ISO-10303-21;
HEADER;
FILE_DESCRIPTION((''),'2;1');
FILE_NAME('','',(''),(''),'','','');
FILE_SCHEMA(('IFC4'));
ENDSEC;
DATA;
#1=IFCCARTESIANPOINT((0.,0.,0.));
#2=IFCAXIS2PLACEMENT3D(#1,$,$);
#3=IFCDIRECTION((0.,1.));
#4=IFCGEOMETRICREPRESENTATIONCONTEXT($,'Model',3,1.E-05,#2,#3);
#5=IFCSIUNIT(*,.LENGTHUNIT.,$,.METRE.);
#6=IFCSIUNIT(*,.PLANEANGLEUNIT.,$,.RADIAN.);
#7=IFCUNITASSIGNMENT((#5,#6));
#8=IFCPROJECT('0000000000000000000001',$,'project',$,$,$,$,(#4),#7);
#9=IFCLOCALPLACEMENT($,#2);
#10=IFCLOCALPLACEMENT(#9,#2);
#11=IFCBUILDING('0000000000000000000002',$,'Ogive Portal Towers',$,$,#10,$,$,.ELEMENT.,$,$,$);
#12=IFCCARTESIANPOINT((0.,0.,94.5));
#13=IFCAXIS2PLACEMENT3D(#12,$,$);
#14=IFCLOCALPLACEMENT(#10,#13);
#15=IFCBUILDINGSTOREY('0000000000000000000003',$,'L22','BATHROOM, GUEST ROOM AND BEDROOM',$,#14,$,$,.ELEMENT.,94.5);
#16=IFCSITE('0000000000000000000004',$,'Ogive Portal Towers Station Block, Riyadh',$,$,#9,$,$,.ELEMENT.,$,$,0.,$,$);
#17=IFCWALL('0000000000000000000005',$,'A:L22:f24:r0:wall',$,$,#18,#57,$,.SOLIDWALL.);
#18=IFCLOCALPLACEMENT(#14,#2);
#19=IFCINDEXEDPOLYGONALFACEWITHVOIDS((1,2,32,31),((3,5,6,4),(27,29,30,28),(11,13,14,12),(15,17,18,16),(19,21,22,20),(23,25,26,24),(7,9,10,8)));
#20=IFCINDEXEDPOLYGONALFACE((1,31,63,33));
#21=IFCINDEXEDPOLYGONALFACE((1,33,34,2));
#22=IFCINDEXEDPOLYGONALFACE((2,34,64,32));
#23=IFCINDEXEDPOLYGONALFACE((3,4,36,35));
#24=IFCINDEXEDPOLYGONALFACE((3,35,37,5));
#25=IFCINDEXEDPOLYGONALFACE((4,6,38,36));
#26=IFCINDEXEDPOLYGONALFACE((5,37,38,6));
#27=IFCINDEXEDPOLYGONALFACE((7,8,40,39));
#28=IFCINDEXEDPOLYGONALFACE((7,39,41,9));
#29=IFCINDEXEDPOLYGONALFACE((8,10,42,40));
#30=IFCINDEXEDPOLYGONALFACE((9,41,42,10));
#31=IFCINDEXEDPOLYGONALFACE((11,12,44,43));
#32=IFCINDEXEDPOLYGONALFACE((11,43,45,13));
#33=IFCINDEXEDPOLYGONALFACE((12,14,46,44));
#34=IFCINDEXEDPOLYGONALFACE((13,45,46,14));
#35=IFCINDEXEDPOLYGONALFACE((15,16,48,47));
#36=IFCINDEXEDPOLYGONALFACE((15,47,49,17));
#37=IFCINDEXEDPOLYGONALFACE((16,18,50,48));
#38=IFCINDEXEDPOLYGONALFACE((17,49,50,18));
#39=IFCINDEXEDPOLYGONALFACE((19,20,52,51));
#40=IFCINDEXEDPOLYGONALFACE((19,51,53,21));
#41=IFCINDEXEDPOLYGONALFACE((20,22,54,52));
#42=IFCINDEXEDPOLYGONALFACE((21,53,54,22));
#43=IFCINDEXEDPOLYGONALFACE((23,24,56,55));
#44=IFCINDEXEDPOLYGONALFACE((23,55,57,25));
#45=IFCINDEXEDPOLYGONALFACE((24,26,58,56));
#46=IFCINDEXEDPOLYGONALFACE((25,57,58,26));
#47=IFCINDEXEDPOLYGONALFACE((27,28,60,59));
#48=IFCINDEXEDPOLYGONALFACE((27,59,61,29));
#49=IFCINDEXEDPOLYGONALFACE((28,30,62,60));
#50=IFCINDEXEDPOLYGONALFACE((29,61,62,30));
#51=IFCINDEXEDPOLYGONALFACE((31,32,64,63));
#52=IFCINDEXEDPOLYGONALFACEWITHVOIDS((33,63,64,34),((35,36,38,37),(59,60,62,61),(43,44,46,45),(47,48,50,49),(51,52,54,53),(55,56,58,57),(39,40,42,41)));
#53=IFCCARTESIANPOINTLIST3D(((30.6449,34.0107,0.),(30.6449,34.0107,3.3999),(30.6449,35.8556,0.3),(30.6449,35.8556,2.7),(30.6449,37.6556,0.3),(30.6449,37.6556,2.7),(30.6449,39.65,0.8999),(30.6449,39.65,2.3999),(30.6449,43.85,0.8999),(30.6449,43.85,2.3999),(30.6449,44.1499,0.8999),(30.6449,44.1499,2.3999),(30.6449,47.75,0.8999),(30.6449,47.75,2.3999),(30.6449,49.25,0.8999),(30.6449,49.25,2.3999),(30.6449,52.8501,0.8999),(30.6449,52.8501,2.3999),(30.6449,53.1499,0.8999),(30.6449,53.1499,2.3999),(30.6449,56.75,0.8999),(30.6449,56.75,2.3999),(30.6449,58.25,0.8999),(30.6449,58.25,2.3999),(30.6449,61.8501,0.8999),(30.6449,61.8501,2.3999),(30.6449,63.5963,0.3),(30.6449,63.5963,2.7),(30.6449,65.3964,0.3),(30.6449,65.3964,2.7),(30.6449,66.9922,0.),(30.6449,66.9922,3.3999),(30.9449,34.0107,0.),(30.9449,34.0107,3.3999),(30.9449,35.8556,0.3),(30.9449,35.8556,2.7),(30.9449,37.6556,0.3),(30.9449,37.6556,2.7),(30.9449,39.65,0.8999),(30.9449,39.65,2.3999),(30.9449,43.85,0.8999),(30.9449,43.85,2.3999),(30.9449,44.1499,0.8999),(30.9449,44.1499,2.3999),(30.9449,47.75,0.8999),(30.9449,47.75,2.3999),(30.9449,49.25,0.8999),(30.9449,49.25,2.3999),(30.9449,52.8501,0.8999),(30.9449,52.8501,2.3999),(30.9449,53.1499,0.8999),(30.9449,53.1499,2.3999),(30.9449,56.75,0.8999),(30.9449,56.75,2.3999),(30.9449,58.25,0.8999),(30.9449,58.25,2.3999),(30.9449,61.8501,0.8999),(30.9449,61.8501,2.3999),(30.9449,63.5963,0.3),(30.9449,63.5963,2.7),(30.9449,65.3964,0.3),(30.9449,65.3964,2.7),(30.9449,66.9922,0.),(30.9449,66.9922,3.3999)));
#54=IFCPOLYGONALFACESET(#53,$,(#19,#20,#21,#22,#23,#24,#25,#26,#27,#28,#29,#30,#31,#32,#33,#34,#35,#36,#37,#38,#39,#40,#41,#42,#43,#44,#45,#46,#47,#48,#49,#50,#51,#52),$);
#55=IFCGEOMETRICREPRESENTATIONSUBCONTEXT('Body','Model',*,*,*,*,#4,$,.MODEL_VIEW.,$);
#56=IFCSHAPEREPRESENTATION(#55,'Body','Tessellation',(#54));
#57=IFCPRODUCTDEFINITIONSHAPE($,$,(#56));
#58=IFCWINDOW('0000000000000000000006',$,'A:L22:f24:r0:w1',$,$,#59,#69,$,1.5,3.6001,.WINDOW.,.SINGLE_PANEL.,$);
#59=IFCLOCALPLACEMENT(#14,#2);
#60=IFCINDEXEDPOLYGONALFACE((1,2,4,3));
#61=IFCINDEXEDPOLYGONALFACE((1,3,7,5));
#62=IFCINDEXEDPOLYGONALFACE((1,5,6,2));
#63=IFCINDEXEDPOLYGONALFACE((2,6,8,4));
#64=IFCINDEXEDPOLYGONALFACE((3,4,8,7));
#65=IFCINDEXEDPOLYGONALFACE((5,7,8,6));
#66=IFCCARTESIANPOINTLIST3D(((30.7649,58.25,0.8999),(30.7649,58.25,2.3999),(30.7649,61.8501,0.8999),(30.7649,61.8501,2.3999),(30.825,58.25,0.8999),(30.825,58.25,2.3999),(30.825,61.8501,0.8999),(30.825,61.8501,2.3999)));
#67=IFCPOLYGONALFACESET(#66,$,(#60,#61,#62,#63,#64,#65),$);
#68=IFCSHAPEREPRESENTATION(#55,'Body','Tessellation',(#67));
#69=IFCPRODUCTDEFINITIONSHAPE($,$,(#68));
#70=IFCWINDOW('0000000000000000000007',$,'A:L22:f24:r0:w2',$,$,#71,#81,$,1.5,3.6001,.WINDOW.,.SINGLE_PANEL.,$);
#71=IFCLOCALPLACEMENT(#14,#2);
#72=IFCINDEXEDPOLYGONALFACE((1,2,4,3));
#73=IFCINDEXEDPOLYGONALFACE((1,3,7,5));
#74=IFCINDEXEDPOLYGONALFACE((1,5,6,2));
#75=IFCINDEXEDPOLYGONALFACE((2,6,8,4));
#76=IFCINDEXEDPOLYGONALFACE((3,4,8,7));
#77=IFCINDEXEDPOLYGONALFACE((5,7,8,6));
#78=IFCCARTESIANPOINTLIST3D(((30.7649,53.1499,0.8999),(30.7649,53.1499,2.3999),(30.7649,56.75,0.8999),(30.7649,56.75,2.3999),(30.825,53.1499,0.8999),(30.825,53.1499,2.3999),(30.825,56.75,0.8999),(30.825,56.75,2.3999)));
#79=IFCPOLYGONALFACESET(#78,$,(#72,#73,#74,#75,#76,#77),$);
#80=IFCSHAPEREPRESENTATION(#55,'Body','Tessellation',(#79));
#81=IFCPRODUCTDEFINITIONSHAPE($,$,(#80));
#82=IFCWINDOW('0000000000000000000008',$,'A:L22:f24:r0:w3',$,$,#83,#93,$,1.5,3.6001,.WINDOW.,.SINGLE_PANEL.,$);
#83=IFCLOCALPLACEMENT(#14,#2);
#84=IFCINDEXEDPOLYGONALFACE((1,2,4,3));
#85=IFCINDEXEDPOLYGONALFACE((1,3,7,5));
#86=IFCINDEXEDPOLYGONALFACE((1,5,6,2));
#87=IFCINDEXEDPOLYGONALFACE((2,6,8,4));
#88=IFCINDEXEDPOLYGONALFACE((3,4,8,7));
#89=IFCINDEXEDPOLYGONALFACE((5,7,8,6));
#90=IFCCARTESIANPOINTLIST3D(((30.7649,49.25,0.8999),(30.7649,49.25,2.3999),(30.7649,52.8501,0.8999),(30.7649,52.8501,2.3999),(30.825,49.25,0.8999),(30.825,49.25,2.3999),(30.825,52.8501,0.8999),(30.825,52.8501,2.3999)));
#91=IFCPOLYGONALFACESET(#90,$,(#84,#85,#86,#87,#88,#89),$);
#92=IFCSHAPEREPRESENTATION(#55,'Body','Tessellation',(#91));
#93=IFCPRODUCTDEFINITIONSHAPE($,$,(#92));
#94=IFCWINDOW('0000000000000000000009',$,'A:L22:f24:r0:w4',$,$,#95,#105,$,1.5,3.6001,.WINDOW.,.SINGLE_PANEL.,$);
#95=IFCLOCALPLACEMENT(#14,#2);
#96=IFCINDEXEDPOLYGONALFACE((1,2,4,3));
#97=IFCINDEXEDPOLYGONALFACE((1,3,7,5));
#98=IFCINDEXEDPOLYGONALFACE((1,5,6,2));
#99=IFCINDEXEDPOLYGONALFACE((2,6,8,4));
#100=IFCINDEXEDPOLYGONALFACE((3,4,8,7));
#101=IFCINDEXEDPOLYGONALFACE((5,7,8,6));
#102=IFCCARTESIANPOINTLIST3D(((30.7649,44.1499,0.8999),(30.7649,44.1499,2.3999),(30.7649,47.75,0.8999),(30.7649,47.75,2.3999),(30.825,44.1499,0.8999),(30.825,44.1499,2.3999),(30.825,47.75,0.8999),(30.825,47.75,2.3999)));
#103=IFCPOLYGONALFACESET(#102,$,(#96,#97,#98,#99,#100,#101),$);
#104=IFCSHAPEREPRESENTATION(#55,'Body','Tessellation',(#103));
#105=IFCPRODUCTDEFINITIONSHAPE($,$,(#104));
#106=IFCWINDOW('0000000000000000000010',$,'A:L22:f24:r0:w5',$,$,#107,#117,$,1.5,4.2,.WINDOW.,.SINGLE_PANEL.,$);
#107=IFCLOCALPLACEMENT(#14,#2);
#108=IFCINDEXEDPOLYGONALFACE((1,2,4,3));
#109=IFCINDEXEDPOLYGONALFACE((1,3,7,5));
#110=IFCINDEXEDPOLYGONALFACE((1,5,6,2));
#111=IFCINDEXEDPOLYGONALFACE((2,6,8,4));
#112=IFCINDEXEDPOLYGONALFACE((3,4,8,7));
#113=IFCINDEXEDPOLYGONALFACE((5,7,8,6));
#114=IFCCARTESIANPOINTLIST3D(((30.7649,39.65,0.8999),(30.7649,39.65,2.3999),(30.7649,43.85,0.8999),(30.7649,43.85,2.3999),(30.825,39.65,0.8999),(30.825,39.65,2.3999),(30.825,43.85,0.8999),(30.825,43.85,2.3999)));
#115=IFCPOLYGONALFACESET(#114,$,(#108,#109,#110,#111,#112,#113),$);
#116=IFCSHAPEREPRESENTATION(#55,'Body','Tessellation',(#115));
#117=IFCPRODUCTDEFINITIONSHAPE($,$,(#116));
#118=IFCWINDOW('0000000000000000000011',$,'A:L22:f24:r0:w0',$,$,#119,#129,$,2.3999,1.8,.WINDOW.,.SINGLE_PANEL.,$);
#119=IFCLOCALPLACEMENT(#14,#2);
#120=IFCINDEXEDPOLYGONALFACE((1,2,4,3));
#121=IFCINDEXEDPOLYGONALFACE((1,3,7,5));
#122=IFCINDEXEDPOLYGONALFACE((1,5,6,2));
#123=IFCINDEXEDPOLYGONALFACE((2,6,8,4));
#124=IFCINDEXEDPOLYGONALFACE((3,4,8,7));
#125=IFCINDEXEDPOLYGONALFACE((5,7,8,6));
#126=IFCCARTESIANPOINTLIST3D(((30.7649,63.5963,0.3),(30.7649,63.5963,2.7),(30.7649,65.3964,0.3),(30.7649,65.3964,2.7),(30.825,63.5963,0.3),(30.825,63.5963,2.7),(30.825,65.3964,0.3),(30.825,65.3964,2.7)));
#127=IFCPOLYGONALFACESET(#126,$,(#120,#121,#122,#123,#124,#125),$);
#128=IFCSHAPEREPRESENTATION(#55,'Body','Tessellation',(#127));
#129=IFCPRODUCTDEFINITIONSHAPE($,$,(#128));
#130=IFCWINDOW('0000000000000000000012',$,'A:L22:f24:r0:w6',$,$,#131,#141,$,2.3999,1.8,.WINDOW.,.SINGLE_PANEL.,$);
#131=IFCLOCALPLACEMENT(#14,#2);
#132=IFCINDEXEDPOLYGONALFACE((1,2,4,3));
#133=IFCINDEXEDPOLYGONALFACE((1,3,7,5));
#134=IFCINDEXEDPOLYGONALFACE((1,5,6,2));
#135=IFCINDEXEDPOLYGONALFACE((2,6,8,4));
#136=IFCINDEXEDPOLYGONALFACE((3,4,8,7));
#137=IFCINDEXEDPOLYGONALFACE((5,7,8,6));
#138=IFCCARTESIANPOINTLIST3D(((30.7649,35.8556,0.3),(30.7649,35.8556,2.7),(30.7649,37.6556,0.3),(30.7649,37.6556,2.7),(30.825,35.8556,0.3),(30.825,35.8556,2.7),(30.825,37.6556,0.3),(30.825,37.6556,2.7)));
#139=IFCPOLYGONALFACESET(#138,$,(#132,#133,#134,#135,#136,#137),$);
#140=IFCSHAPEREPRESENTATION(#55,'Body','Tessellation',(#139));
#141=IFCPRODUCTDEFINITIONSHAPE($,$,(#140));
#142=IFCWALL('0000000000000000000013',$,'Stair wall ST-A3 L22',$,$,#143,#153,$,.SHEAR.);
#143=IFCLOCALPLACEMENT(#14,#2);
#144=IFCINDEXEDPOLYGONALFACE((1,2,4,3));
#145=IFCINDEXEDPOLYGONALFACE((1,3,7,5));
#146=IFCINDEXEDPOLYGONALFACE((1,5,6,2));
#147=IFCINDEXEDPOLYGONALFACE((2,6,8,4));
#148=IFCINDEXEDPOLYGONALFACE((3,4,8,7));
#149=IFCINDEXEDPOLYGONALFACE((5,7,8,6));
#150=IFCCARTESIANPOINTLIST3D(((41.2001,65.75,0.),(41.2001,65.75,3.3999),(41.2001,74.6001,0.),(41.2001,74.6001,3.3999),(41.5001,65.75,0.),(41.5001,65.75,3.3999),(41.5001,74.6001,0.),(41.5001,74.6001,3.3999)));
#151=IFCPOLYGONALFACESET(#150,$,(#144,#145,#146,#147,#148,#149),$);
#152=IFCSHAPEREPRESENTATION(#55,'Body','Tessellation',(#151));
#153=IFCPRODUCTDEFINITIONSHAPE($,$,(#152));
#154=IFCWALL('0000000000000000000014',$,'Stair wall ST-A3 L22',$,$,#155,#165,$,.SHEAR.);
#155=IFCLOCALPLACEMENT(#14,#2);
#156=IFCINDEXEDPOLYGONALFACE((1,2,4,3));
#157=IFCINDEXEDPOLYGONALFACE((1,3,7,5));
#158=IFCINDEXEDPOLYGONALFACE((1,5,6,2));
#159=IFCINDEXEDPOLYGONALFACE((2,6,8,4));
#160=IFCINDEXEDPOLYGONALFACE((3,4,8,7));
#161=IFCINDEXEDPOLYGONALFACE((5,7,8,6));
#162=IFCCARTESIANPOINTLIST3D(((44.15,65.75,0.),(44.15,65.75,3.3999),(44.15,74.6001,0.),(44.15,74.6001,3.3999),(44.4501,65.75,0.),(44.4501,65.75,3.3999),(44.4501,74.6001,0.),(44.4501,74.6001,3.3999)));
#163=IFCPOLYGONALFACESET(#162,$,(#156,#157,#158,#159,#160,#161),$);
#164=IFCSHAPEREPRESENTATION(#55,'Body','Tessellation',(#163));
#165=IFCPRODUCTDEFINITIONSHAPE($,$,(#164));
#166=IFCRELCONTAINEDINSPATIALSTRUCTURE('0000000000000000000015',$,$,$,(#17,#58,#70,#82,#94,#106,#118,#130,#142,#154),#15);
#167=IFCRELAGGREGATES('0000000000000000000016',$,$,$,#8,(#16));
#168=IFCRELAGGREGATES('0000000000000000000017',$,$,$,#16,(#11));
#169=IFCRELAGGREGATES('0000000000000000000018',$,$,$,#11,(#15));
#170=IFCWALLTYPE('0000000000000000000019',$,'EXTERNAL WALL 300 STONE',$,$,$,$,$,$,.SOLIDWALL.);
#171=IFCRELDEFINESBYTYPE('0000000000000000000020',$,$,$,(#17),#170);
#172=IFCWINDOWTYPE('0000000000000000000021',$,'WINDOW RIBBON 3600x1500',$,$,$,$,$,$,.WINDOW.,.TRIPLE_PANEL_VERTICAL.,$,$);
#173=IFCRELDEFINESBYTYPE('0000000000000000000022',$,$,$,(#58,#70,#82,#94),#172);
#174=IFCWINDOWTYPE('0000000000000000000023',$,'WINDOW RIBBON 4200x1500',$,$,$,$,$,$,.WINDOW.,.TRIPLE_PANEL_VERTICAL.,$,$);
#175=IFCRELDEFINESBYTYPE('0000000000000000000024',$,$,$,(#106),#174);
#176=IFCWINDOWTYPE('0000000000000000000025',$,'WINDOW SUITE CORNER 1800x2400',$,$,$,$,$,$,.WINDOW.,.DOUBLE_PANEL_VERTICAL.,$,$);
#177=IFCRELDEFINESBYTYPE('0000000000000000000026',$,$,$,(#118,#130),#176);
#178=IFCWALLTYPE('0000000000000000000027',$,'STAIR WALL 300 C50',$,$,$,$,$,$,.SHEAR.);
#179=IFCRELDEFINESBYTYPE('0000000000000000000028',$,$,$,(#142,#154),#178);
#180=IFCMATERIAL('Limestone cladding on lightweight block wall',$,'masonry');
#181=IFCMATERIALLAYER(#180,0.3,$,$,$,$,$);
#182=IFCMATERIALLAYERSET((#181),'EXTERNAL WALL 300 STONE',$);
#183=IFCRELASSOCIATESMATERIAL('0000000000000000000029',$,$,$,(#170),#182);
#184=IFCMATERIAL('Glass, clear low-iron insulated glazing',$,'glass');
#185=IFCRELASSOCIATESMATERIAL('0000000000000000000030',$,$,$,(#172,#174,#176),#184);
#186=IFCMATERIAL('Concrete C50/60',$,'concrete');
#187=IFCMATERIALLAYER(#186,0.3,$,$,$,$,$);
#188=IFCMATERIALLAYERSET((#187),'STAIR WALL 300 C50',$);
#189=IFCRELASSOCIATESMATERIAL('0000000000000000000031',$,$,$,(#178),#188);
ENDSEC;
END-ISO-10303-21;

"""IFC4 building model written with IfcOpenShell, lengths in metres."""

from ifc_helpers import new_model, si_unit, direction, frame, frame_2d, origin, place, context, subcontext, project, spatial, rectangle, extrude, material, layer, layer_set, type_object, element, fill, save


model = new_model("IFC4")

# Units and contexts
model_context = context("Model", 3, precision=1e-05, world=origin(), true_north=direction((0.0, 1.0)))
body_context = subcontext(model_context, "Body", "Model", "MODEL_VIEW")
ifc_project = project(units=[si_unit("LENGTHUNIT", "METRE"), si_unit("PLANEANGLEUNIT", "RADIAN")], contexts=[model_context])

# Site, building, storey
site_placement = place(None, origin())
site = spatial("IfcSite", under=ifc_project, at=site_placement, Name="Ogive Portal Towers Station Block, Riyadh", CompositionType="ELEMENT", RefElevation=0.0)
building_placement = place(site_placement, origin())
building = spatial("IfcBuilding", under=site, at=building_placement, Name="Ogive Portal Towers", CompositionType="ELEMENT")
storey_placement = place(building_placement, frame((0.0, 0.0, 94.5)))
storey = spatial("IfcBuildingStorey", under=building, at=storey_placement, Name="L22", Description="BATHROOM, GUEST ROOM AND BEDROOM", CompositionType="ELEMENT", Elevation=94.5)

# Shared definitions
ifc_material_1 = material(Name="Glass, clear low-iron insulated glazing", Category="glass")

# Wall, openings, windows
ifc_material_2 = material(Name="Limestone cladding on lightweight block wall", Category="masonry")
ifc_layer_1 = layer(ifc_material_2, 0.3)
ifc_layer_set_1 = layer_set([ifc_layer_1], Name="EXTERNAL WALL 300 STONE")
wall_type_1 = type_object("IfcWallType", Name="EXTERNAL WALL 300 STONE", PredefinedType="SOLIDWALL", material=ifc_layer_set_1)
wall_1_placement = place(storey_placement, frame((30.7949, 66.9922, 0.0), z_axis=(0.0, 0.0, 1.0), x_axis=(0.0, -1.0, 0.0)))
wall_1 = element("IfcWall", 1, at=wall_1_placement, inside=storey, type_object=wall_type_1, Name="A:L22:f24:r0:wall", PredefinedType="SOLIDWALL", context=body_context, shape_type="SweptSolid", body=[
    extrude(rectangle(XDim=32.9814, YDim=0.3, at=frame_2d((16.4907, 0.0))), origin(), (0.0, 0.0, 1.0), 3.3999),
])
opening_1_placement = place(wall_1_placement, frame((1.5959, 0.0, 0.3)))
opening_1 = element("IfcOpeningElement", 2, at=opening_1_placement, cuts=wall_1, PredefinedType="OPENING", context=body_context, shape_type="SweptSolid", body=[
    extrude(rectangle(XDim=1.8, YDim=2.3999, at=frame_2d((0.8999, 1.2))), frame((0.0, 0.1602, 0.0), z_axis=(0.0, -1.0, 0.0), x_axis=(1.0, 0.0, 0.0)), (0.0, 0.0, 1.0), 0.3201),
])
opening_2_placement = place(wall_1_placement, frame((5.1421, 0.0, 0.8999)))
opening_2 = element("IfcOpeningElement", 3, at=opening_2_placement, cuts=wall_1, PredefinedType="OPENING", context=body_context, shape_type="SweptSolid", body=[
    extrude(rectangle(XDim=3.6001, YDim=1.5, at=frame_2d((1.8, 0.75))), frame((0.0, 0.1602, 0.0), z_axis=(0.0, -1.0, 0.0), x_axis=(1.0, 0.0, 0.0)), (0.0, 0.0, 1.0), 0.3201),
])
opening_3_placement = place(wall_1_placement, frame((10.2422, 0.0, 0.8999)))
opening_3 = element("IfcOpeningElement", 4, at=opening_3_placement, cuts=wall_1, PredefinedType="OPENING", context=body_context, shape_type="SweptSolid", body=[
    extrude(rectangle(XDim=3.6001, YDim=1.5, at=frame_2d((1.8, 0.75))), frame((0.0, 0.1602, 0.0), z_axis=(0.0, -1.0, 0.0), x_axis=(1.0, 0.0, 0.0)), (0.0, 0.0, 1.0), 0.3201),
])
opening_4_placement = place(wall_1_placement, frame((14.1421, 0.0, 0.8999)))
opening_4 = element("IfcOpeningElement", 5, at=opening_4_placement, cuts=wall_1, PredefinedType="OPENING", context=body_context, shape_type="SweptSolid", body=[
    extrude(rectangle(XDim=3.6001, YDim=1.5, at=frame_2d((1.8, 0.75))), frame((0.0, 0.1602, 0.0), z_axis=(0.0, -1.0, 0.0), x_axis=(1.0, 0.0, 0.0)), (0.0, 0.0, 1.0), 0.3201),
])
opening_5_placement = place(wall_1_placement, frame((19.2422, 0.0, 0.8999)))
opening_5 = element("IfcOpeningElement", 6, at=opening_5_placement, cuts=wall_1, PredefinedType="OPENING", context=body_context, shape_type="SweptSolid", body=[
    extrude(rectangle(XDim=3.6001, YDim=1.5, at=frame_2d((1.8, 0.75))), frame((0.0, 0.1602, 0.0), z_axis=(0.0, -1.0, 0.0), x_axis=(1.0, 0.0, 0.0)), (0.0, 0.0, 1.0), 0.3201),
])
opening_6_placement = place(wall_1_placement, frame((23.1421, 0.0, 0.8999)))
opening_6 = element("IfcOpeningElement", 7, at=opening_6_placement, cuts=wall_1, PredefinedType="OPENING", context=body_context, shape_type="SweptSolid", body=[
    extrude(rectangle(XDim=4.2, YDim=1.5, at=frame_2d((2.1001, 0.75))), frame((0.0, 0.1602, 0.0), z_axis=(0.0, -1.0, 0.0), x_axis=(1.0, 0.0, 0.0)), (0.0, 0.0, 1.0), 0.3201),
])
opening_7_placement = place(wall_1_placement, frame((29.3367, 0.0, 0.3)))
opening_7 = element("IfcOpeningElement", 8, at=opening_7_placement, cuts=wall_1, PredefinedType="OPENING", context=body_context, shape_type="SweptSolid", body=[
    extrude(rectangle(XDim=1.8, YDim=2.3999, at=frame_2d((0.8999, 1.2))), frame((0.0, 0.1602, 0.0), z_axis=(0.0, -1.0, 0.0), x_axis=(1.0, 0.0, 0.0)), (0.0, 0.0, 1.0), 0.3201),
])
window_type_1 = type_object("IfcWindowType", Name="WINDOW RIBBON 3600x1500", PartitioningType="TRIPLE_PANEL_VERTICAL", PredefinedType="WINDOW", material=ifc_material_1)
window_1_placement = place(opening_2_placement, origin())
window_1 = element("IfcWindow", 9, at=window_1_placement, inside=storey, type_object=window_type_1, Name="A:L22:f24:r0:w1", OverallHeight=1.5, OverallWidth=3.6001, PartitioningType="SINGLE_PANEL", PredefinedType="WINDOW", context=body_context, shape_type="SweptSolid", body=[
    extrude(rectangle(XDim=3.6001, YDim=1.5, at=frame_2d((1.8, 0.75))), frame((0.0, 0.03, 0.0), z_axis=(0.0, -1.0, 0.0), x_axis=(1.0, 0.0, 0.0)), (0.0, 0.0, 1.0), 0.0601),
])
fill(opening_2, window_1)
window_2_placement = place(opening_3_placement, origin())
window_2 = element("IfcWindow", 10, at=window_2_placement, inside=storey, type_object=window_type_1, Name="A:L22:f24:r0:w2", OverallHeight=1.5, OverallWidth=3.6001, PartitioningType="SINGLE_PANEL", PredefinedType="WINDOW", context=body_context, shape_type="SweptSolid", body=[
    extrude(rectangle(XDim=3.6001, YDim=1.5, at=frame_2d((1.8, 0.75))), frame((0.0, 0.03, 0.0), z_axis=(0.0, -1.0, 0.0), x_axis=(1.0, 0.0, 0.0)), (0.0, 0.0, 1.0), 0.0601),
])
fill(opening_3, window_2)
window_3_placement = place(opening_4_placement, origin())
window_3 = element("IfcWindow", 11, at=window_3_placement, inside=storey, type_object=window_type_1, Name="A:L22:f24:r0:w3", OverallHeight=1.5, OverallWidth=3.6001, PartitioningType="SINGLE_PANEL", PredefinedType="WINDOW", context=body_context, shape_type="SweptSolid", body=[
    extrude(rectangle(XDim=3.6001, YDim=1.5, at=frame_2d((1.8, 0.75))), frame((0.0, 0.03, 0.0), z_axis=(0.0, -1.0, 0.0), x_axis=(1.0, 0.0, 0.0)), (0.0, 0.0, 1.0), 0.0601),
])
fill(opening_4, window_3)
window_4_placement = place(opening_5_placement, origin())
window_4 = element("IfcWindow", 12, at=window_4_placement, inside=storey, type_object=window_type_1, Name="A:L22:f24:r0:w4", OverallHeight=1.5, OverallWidth=3.6001, PartitioningType="SINGLE_PANEL", PredefinedType="WINDOW", context=body_context, shape_type="SweptSolid", body=[
    extrude(rectangle(XDim=3.6001, YDim=1.5, at=frame_2d((1.8, 0.75))), frame((0.0, 0.03, 0.0), z_axis=(0.0, -1.0, 0.0), x_axis=(1.0, 0.0, 0.0)), (0.0, 0.0, 1.0), 0.0601),
])
fill(opening_5, window_4)
window_type_2 = type_object("IfcWindowType", Name="WINDOW RIBBON 4200x1500", PartitioningType="TRIPLE_PANEL_VERTICAL", PredefinedType="WINDOW", material=ifc_material_1)
window_5_placement = place(opening_6_placement, origin())
window_5 = element("IfcWindow", 13, at=window_5_placement, inside=storey, type_object=window_type_2, Name="A:L22:f24:r0:w5", OverallHeight=1.5, OverallWidth=4.2, PartitioningType="SINGLE_PANEL", PredefinedType="WINDOW", context=body_context, shape_type="SweptSolid", body=[
    extrude(rectangle(XDim=4.2, YDim=1.5, at=frame_2d((2.1001, 0.75))), frame((0.0, 0.03, 0.0), z_axis=(0.0, -1.0, 0.0), x_axis=(1.0, 0.0, 0.0)), (0.0, 0.0, 1.0), 0.0601),
])
fill(opening_6, window_5)
window_type_3 = type_object("IfcWindowType", Name="WINDOW SUITE CORNER 1800x2400", PartitioningType="DOUBLE_PANEL_VERTICAL", PredefinedType="WINDOW", material=ifc_material_1)
window_6_placement = place(opening_1_placement, origin())
window_6 = element("IfcWindow", 14, at=window_6_placement, inside=storey, type_object=window_type_3, Name="A:L22:f24:r0:w0", OverallHeight=2.3999, OverallWidth=1.8, PartitioningType="SINGLE_PANEL", PredefinedType="WINDOW", context=body_context, shape_type="SweptSolid", body=[
    extrude(rectangle(XDim=1.8, YDim=2.3999, at=frame_2d((0.8999, 1.2))), frame((0.0, 0.03, 0.0), z_axis=(0.0, -1.0, 0.0), x_axis=(1.0, 0.0, 0.0)), (0.0, 0.0, 1.0), 0.0601),
])
fill(opening_1, window_6)
window_7_placement = place(opening_7_placement, origin())
window_7 = element("IfcWindow", 15, at=window_7_placement, inside=storey, type_object=window_type_3, Name="A:L22:f24:r0:w6", OverallHeight=2.3999, OverallWidth=1.8, PartitioningType="SINGLE_PANEL", PredefinedType="WINDOW", context=body_context, shape_type="SweptSolid", body=[
    extrude(rectangle(XDim=1.8, YDim=2.3999, at=frame_2d((0.8999, 1.2))), frame((0.0, 0.03, 0.0), z_axis=(0.0, -1.0, 0.0), x_axis=(1.0, 0.0, 0.0)), (0.0, 0.0, 1.0), 0.0601),
])
fill(opening_7, window_7)

# Walls
ifc_material_3 = material(Name="Concrete C50/60", Category="concrete")
ifc_layer_2 = layer(ifc_material_3, 0.3)
ifc_layer_set_2 = layer_set([ifc_layer_2], Name="STAIR WALL 300 C50")
wall_type_2 = type_object("IfcWallType", Name="STAIR WALL 300 C50", PredefinedType="SHEAR", material=ifc_layer_set_2)
for number, where, z_axis, x_axis, name in (
    (16, (41.3501, 65.75, 0.0), (0.0, 0.0, 1.0), (0.0, 1.0, 0.0), "Stair wall ST-A3 L22"),
    (17, (44.3, 65.75, 0.0), (0.0, 0.0, 1.0), (0.0, 1.0, 0.0), "Stair wall ST-A3 L22"),
):
    element("IfcWall", number, at=place(storey_placement, frame(where, z_axis=z_axis, x_axis=x_axis)), inside=storey, type_object=wall_type_2, Name=name, PredefinedType="SHEAR", context=body_context, shape_type="SweptSolid", body=[
        extrude(rectangle(XDim=8.8501, YDim=0.3, at=frame_2d((4.425, 0.0))), origin(), (0.0, 0.0, 1.0), 3.3999),
    ])

save(model, "model.ifc")
